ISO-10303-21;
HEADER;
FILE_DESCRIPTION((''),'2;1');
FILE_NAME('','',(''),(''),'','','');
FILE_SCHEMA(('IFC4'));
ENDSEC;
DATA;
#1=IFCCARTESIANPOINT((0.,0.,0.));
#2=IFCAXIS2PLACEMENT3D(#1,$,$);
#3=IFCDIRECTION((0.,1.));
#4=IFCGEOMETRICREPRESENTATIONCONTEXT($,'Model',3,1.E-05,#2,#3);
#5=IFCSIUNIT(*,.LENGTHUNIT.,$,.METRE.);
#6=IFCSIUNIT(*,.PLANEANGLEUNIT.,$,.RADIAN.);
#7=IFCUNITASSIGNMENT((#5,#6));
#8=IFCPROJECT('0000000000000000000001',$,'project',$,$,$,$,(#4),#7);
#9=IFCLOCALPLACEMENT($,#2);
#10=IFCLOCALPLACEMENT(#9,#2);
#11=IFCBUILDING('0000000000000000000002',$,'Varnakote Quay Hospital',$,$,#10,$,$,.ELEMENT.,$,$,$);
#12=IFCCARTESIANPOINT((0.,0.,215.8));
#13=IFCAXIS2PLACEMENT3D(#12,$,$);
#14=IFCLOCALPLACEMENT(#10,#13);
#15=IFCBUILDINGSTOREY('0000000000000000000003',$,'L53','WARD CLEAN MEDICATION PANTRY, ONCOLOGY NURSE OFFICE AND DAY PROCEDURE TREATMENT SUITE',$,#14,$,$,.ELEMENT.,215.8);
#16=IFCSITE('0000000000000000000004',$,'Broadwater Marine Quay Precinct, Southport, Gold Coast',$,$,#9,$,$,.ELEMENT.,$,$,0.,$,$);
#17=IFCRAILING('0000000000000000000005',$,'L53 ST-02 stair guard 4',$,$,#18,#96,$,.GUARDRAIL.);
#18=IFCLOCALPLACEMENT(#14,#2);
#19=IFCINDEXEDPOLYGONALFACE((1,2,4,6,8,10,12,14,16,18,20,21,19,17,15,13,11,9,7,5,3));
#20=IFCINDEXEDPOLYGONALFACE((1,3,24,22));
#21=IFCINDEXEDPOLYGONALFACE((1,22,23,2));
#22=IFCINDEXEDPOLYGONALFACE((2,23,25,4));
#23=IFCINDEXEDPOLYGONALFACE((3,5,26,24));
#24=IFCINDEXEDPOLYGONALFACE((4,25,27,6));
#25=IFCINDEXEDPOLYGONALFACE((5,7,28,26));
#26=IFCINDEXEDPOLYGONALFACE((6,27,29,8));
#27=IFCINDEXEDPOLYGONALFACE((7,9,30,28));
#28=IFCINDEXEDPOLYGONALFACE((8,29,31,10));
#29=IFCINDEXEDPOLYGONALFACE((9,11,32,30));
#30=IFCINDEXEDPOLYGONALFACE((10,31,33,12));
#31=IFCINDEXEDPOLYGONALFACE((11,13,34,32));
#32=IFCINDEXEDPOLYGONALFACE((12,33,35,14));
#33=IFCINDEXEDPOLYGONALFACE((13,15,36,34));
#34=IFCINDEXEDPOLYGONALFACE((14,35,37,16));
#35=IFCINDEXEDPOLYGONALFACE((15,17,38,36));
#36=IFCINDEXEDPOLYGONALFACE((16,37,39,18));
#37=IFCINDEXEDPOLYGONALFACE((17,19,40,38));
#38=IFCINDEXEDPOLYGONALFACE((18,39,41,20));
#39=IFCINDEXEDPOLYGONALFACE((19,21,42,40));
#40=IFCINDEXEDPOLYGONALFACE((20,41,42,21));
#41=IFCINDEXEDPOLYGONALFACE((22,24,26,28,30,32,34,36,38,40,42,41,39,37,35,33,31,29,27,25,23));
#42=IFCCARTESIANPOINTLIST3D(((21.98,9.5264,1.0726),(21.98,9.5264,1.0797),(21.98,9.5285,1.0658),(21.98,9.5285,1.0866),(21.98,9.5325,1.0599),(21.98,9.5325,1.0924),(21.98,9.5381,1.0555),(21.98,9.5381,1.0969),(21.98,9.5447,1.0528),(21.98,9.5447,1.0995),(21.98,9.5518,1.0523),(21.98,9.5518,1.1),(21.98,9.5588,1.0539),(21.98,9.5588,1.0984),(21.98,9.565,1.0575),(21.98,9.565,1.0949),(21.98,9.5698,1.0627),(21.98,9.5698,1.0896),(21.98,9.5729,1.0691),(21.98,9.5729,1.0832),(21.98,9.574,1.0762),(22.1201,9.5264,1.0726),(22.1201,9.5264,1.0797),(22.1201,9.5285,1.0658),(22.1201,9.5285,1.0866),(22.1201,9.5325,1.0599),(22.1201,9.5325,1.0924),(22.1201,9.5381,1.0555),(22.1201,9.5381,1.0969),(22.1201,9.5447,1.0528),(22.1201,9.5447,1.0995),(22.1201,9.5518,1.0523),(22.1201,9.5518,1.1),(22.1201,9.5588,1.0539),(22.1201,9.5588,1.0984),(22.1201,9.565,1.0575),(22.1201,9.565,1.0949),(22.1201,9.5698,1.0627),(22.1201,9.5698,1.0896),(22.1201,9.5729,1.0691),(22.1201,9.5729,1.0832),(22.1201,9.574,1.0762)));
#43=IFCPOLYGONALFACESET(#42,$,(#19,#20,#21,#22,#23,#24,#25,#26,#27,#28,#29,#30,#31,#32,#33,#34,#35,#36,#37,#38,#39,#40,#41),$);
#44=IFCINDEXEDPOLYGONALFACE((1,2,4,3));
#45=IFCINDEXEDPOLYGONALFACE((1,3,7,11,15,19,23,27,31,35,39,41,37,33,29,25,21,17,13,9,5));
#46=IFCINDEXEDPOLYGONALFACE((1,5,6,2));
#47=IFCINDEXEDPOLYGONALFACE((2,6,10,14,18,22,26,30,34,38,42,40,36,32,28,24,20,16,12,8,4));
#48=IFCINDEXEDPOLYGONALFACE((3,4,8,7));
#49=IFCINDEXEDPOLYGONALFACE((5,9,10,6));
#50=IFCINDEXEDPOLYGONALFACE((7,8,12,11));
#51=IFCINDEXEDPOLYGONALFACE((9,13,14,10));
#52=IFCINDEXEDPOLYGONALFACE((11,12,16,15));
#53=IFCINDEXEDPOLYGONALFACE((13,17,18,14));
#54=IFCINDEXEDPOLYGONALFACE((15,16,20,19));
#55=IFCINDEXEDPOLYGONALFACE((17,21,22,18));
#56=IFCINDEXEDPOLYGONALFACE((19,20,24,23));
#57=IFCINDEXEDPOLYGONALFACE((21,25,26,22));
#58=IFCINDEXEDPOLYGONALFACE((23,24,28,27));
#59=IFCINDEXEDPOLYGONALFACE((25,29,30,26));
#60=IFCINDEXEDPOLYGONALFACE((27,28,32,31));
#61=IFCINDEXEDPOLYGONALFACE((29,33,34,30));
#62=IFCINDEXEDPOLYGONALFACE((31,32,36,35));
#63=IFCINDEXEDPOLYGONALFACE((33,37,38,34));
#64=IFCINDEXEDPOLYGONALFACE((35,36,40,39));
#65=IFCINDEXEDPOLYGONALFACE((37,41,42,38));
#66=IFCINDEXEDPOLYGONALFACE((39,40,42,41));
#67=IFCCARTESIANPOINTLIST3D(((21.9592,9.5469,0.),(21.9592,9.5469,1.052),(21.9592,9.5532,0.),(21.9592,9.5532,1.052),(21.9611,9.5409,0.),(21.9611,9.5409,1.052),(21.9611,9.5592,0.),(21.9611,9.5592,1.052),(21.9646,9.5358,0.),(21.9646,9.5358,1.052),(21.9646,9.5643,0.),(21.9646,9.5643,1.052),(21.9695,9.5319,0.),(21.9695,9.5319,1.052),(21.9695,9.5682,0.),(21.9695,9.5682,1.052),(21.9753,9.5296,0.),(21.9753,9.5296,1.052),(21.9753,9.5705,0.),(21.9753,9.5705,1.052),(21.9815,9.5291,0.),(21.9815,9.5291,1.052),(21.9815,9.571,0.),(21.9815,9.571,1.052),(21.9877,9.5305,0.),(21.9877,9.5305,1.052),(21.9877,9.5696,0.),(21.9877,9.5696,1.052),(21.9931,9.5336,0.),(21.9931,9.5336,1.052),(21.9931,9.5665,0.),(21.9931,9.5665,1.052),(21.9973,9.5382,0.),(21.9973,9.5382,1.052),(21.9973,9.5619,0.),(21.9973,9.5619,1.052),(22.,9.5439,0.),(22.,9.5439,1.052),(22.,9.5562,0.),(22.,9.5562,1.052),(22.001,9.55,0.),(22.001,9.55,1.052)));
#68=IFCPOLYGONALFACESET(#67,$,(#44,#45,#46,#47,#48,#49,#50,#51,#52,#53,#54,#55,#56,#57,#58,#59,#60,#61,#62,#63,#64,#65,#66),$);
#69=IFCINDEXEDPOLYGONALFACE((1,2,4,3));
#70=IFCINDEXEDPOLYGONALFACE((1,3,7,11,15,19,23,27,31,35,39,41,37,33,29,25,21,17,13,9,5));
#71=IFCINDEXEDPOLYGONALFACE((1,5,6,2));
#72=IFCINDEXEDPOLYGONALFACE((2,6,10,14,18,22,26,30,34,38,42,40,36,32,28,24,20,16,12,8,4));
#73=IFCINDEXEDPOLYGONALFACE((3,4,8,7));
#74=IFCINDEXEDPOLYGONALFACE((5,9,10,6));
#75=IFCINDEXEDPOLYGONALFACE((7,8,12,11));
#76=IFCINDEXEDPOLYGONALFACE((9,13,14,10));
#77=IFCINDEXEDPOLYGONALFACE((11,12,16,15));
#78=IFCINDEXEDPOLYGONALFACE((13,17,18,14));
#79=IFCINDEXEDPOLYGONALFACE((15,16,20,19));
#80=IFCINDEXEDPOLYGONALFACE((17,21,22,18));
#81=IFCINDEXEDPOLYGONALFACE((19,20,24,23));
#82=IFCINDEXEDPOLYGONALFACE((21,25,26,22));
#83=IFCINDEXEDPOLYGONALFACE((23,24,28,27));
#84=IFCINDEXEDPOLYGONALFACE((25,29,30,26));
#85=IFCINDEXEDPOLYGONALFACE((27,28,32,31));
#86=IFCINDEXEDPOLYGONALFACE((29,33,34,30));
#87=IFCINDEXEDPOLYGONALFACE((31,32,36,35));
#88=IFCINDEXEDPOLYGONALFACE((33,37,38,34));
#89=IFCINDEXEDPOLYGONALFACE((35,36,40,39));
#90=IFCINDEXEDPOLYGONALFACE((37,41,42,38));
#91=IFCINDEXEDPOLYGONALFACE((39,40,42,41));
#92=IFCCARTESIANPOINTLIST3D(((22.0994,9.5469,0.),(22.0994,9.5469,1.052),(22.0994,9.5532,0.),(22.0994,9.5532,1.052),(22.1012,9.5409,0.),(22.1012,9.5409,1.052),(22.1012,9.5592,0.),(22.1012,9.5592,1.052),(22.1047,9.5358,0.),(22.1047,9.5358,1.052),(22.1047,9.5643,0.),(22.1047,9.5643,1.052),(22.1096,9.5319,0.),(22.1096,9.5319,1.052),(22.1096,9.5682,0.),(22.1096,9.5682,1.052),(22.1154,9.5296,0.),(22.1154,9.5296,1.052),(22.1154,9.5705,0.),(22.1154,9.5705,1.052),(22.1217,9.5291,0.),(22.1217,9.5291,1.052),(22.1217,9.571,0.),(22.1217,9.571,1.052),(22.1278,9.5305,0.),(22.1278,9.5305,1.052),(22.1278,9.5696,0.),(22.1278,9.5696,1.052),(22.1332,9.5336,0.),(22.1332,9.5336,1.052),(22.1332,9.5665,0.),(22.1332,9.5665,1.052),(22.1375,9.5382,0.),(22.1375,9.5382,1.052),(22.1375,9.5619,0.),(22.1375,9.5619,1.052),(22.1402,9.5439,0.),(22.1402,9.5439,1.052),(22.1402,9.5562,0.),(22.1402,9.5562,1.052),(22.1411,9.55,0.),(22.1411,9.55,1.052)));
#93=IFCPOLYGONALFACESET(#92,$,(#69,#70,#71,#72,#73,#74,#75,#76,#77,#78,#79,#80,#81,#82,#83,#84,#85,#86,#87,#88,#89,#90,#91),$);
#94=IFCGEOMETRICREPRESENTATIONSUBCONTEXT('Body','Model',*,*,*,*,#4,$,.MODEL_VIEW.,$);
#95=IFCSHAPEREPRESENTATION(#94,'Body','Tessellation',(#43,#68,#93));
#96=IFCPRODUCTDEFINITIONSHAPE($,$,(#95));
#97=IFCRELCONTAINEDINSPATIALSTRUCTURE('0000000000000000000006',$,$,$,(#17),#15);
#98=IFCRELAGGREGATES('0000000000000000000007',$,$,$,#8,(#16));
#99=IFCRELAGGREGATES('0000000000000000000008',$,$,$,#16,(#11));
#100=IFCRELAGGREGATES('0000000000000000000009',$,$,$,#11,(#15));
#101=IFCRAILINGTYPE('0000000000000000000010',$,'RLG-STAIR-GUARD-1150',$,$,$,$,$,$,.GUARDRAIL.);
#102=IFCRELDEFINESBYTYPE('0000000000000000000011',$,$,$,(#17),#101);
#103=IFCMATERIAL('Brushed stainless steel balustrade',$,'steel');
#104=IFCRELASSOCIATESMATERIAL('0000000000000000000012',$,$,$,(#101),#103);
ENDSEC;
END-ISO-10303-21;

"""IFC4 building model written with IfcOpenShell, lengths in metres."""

from ifc_helpers import new_model, si_unit, direction, frame, origin, origin_2d, place, context, subcontext, project, spatial, circle, extrude, material, type_object, element, save


model = new_model("IFC4")

# Units and contexts
model_context = context("Model", 3, precision=1e-05, world=origin(), true_north=direction((0.0, 1.0)))
body_context = subcontext(model_context, "Body", "Model", "MODEL_VIEW")
ifc_project = project(units=[si_unit("LENGTHUNIT", "METRE"), si_unit("PLANEANGLEUNIT", "RADIAN")], contexts=[model_context])

# Site, building, storey
site_placement = place(None, origin())
site = spatial("IfcSite", under=ifc_project, at=site_placement, Name="Broadwater Marine Quay Precinct, Southport, Gold Coast", CompositionType="ELEMENT", RefElevation=0.0)
building_placement = place(site_placement, origin())
building = spatial("IfcBuilding", under=site, at=building_placement, Name="Varnakote Quay Hospital", CompositionType="ELEMENT")
storey_placement = place(building_placement, frame((0.0, 0.0, 215.8)))
storey = spatial("IfcBuildingStorey", under=building, at=storey_placement, Name="L53", Description="WARD CLEAN MEDICATION PANTRY, ONCOLOGY NURSE OFFICE AND DAY PROCEDURE TREATMENT SUITE", CompositionType="ELEMENT", Elevation=215.8)

# Railing
ifc_material_1 = material(Name="Brushed stainless steel balustrade", Category="steel")
railing_type_1 = type_object("IfcRailingType", Name="RLG-STAIR-GUARD-1150", PredefinedType="GUARDRAIL", material=ifc_material_1)
railing_1_placement = place(storey_placement, frame((21.98, 9.55, 0.0)))
element("IfcRailing", 1, at=railing_1_placement, inside=storey, type_object=railing_type_1, Name="L53 ST-02 stair guard 4", PredefinedType="GUARDRAIL", context=body_context, shape_type="SweptSolid", body=[
    extrude(circle(Radius=0.0239, at=origin_2d()), frame((0.0, 0.0, 1.0762), z_axis=(1.0, 0.0, 0.0), x_axis=(0.0, 1.0, 0.0)), (0.0, 0.0, 1.0), 0.1401),
    extrude(circle(Radius=0.021, at=origin_2d()), origin(), (0.0, 0.0, 1.0), 1.052),
    extrude(circle(Radius=0.021, at=origin_2d()), frame((0.1401, 0.0, 0.0)), (0.0, 0.0, 1.0), 1.052),
])

save(model, "model.ifc")
